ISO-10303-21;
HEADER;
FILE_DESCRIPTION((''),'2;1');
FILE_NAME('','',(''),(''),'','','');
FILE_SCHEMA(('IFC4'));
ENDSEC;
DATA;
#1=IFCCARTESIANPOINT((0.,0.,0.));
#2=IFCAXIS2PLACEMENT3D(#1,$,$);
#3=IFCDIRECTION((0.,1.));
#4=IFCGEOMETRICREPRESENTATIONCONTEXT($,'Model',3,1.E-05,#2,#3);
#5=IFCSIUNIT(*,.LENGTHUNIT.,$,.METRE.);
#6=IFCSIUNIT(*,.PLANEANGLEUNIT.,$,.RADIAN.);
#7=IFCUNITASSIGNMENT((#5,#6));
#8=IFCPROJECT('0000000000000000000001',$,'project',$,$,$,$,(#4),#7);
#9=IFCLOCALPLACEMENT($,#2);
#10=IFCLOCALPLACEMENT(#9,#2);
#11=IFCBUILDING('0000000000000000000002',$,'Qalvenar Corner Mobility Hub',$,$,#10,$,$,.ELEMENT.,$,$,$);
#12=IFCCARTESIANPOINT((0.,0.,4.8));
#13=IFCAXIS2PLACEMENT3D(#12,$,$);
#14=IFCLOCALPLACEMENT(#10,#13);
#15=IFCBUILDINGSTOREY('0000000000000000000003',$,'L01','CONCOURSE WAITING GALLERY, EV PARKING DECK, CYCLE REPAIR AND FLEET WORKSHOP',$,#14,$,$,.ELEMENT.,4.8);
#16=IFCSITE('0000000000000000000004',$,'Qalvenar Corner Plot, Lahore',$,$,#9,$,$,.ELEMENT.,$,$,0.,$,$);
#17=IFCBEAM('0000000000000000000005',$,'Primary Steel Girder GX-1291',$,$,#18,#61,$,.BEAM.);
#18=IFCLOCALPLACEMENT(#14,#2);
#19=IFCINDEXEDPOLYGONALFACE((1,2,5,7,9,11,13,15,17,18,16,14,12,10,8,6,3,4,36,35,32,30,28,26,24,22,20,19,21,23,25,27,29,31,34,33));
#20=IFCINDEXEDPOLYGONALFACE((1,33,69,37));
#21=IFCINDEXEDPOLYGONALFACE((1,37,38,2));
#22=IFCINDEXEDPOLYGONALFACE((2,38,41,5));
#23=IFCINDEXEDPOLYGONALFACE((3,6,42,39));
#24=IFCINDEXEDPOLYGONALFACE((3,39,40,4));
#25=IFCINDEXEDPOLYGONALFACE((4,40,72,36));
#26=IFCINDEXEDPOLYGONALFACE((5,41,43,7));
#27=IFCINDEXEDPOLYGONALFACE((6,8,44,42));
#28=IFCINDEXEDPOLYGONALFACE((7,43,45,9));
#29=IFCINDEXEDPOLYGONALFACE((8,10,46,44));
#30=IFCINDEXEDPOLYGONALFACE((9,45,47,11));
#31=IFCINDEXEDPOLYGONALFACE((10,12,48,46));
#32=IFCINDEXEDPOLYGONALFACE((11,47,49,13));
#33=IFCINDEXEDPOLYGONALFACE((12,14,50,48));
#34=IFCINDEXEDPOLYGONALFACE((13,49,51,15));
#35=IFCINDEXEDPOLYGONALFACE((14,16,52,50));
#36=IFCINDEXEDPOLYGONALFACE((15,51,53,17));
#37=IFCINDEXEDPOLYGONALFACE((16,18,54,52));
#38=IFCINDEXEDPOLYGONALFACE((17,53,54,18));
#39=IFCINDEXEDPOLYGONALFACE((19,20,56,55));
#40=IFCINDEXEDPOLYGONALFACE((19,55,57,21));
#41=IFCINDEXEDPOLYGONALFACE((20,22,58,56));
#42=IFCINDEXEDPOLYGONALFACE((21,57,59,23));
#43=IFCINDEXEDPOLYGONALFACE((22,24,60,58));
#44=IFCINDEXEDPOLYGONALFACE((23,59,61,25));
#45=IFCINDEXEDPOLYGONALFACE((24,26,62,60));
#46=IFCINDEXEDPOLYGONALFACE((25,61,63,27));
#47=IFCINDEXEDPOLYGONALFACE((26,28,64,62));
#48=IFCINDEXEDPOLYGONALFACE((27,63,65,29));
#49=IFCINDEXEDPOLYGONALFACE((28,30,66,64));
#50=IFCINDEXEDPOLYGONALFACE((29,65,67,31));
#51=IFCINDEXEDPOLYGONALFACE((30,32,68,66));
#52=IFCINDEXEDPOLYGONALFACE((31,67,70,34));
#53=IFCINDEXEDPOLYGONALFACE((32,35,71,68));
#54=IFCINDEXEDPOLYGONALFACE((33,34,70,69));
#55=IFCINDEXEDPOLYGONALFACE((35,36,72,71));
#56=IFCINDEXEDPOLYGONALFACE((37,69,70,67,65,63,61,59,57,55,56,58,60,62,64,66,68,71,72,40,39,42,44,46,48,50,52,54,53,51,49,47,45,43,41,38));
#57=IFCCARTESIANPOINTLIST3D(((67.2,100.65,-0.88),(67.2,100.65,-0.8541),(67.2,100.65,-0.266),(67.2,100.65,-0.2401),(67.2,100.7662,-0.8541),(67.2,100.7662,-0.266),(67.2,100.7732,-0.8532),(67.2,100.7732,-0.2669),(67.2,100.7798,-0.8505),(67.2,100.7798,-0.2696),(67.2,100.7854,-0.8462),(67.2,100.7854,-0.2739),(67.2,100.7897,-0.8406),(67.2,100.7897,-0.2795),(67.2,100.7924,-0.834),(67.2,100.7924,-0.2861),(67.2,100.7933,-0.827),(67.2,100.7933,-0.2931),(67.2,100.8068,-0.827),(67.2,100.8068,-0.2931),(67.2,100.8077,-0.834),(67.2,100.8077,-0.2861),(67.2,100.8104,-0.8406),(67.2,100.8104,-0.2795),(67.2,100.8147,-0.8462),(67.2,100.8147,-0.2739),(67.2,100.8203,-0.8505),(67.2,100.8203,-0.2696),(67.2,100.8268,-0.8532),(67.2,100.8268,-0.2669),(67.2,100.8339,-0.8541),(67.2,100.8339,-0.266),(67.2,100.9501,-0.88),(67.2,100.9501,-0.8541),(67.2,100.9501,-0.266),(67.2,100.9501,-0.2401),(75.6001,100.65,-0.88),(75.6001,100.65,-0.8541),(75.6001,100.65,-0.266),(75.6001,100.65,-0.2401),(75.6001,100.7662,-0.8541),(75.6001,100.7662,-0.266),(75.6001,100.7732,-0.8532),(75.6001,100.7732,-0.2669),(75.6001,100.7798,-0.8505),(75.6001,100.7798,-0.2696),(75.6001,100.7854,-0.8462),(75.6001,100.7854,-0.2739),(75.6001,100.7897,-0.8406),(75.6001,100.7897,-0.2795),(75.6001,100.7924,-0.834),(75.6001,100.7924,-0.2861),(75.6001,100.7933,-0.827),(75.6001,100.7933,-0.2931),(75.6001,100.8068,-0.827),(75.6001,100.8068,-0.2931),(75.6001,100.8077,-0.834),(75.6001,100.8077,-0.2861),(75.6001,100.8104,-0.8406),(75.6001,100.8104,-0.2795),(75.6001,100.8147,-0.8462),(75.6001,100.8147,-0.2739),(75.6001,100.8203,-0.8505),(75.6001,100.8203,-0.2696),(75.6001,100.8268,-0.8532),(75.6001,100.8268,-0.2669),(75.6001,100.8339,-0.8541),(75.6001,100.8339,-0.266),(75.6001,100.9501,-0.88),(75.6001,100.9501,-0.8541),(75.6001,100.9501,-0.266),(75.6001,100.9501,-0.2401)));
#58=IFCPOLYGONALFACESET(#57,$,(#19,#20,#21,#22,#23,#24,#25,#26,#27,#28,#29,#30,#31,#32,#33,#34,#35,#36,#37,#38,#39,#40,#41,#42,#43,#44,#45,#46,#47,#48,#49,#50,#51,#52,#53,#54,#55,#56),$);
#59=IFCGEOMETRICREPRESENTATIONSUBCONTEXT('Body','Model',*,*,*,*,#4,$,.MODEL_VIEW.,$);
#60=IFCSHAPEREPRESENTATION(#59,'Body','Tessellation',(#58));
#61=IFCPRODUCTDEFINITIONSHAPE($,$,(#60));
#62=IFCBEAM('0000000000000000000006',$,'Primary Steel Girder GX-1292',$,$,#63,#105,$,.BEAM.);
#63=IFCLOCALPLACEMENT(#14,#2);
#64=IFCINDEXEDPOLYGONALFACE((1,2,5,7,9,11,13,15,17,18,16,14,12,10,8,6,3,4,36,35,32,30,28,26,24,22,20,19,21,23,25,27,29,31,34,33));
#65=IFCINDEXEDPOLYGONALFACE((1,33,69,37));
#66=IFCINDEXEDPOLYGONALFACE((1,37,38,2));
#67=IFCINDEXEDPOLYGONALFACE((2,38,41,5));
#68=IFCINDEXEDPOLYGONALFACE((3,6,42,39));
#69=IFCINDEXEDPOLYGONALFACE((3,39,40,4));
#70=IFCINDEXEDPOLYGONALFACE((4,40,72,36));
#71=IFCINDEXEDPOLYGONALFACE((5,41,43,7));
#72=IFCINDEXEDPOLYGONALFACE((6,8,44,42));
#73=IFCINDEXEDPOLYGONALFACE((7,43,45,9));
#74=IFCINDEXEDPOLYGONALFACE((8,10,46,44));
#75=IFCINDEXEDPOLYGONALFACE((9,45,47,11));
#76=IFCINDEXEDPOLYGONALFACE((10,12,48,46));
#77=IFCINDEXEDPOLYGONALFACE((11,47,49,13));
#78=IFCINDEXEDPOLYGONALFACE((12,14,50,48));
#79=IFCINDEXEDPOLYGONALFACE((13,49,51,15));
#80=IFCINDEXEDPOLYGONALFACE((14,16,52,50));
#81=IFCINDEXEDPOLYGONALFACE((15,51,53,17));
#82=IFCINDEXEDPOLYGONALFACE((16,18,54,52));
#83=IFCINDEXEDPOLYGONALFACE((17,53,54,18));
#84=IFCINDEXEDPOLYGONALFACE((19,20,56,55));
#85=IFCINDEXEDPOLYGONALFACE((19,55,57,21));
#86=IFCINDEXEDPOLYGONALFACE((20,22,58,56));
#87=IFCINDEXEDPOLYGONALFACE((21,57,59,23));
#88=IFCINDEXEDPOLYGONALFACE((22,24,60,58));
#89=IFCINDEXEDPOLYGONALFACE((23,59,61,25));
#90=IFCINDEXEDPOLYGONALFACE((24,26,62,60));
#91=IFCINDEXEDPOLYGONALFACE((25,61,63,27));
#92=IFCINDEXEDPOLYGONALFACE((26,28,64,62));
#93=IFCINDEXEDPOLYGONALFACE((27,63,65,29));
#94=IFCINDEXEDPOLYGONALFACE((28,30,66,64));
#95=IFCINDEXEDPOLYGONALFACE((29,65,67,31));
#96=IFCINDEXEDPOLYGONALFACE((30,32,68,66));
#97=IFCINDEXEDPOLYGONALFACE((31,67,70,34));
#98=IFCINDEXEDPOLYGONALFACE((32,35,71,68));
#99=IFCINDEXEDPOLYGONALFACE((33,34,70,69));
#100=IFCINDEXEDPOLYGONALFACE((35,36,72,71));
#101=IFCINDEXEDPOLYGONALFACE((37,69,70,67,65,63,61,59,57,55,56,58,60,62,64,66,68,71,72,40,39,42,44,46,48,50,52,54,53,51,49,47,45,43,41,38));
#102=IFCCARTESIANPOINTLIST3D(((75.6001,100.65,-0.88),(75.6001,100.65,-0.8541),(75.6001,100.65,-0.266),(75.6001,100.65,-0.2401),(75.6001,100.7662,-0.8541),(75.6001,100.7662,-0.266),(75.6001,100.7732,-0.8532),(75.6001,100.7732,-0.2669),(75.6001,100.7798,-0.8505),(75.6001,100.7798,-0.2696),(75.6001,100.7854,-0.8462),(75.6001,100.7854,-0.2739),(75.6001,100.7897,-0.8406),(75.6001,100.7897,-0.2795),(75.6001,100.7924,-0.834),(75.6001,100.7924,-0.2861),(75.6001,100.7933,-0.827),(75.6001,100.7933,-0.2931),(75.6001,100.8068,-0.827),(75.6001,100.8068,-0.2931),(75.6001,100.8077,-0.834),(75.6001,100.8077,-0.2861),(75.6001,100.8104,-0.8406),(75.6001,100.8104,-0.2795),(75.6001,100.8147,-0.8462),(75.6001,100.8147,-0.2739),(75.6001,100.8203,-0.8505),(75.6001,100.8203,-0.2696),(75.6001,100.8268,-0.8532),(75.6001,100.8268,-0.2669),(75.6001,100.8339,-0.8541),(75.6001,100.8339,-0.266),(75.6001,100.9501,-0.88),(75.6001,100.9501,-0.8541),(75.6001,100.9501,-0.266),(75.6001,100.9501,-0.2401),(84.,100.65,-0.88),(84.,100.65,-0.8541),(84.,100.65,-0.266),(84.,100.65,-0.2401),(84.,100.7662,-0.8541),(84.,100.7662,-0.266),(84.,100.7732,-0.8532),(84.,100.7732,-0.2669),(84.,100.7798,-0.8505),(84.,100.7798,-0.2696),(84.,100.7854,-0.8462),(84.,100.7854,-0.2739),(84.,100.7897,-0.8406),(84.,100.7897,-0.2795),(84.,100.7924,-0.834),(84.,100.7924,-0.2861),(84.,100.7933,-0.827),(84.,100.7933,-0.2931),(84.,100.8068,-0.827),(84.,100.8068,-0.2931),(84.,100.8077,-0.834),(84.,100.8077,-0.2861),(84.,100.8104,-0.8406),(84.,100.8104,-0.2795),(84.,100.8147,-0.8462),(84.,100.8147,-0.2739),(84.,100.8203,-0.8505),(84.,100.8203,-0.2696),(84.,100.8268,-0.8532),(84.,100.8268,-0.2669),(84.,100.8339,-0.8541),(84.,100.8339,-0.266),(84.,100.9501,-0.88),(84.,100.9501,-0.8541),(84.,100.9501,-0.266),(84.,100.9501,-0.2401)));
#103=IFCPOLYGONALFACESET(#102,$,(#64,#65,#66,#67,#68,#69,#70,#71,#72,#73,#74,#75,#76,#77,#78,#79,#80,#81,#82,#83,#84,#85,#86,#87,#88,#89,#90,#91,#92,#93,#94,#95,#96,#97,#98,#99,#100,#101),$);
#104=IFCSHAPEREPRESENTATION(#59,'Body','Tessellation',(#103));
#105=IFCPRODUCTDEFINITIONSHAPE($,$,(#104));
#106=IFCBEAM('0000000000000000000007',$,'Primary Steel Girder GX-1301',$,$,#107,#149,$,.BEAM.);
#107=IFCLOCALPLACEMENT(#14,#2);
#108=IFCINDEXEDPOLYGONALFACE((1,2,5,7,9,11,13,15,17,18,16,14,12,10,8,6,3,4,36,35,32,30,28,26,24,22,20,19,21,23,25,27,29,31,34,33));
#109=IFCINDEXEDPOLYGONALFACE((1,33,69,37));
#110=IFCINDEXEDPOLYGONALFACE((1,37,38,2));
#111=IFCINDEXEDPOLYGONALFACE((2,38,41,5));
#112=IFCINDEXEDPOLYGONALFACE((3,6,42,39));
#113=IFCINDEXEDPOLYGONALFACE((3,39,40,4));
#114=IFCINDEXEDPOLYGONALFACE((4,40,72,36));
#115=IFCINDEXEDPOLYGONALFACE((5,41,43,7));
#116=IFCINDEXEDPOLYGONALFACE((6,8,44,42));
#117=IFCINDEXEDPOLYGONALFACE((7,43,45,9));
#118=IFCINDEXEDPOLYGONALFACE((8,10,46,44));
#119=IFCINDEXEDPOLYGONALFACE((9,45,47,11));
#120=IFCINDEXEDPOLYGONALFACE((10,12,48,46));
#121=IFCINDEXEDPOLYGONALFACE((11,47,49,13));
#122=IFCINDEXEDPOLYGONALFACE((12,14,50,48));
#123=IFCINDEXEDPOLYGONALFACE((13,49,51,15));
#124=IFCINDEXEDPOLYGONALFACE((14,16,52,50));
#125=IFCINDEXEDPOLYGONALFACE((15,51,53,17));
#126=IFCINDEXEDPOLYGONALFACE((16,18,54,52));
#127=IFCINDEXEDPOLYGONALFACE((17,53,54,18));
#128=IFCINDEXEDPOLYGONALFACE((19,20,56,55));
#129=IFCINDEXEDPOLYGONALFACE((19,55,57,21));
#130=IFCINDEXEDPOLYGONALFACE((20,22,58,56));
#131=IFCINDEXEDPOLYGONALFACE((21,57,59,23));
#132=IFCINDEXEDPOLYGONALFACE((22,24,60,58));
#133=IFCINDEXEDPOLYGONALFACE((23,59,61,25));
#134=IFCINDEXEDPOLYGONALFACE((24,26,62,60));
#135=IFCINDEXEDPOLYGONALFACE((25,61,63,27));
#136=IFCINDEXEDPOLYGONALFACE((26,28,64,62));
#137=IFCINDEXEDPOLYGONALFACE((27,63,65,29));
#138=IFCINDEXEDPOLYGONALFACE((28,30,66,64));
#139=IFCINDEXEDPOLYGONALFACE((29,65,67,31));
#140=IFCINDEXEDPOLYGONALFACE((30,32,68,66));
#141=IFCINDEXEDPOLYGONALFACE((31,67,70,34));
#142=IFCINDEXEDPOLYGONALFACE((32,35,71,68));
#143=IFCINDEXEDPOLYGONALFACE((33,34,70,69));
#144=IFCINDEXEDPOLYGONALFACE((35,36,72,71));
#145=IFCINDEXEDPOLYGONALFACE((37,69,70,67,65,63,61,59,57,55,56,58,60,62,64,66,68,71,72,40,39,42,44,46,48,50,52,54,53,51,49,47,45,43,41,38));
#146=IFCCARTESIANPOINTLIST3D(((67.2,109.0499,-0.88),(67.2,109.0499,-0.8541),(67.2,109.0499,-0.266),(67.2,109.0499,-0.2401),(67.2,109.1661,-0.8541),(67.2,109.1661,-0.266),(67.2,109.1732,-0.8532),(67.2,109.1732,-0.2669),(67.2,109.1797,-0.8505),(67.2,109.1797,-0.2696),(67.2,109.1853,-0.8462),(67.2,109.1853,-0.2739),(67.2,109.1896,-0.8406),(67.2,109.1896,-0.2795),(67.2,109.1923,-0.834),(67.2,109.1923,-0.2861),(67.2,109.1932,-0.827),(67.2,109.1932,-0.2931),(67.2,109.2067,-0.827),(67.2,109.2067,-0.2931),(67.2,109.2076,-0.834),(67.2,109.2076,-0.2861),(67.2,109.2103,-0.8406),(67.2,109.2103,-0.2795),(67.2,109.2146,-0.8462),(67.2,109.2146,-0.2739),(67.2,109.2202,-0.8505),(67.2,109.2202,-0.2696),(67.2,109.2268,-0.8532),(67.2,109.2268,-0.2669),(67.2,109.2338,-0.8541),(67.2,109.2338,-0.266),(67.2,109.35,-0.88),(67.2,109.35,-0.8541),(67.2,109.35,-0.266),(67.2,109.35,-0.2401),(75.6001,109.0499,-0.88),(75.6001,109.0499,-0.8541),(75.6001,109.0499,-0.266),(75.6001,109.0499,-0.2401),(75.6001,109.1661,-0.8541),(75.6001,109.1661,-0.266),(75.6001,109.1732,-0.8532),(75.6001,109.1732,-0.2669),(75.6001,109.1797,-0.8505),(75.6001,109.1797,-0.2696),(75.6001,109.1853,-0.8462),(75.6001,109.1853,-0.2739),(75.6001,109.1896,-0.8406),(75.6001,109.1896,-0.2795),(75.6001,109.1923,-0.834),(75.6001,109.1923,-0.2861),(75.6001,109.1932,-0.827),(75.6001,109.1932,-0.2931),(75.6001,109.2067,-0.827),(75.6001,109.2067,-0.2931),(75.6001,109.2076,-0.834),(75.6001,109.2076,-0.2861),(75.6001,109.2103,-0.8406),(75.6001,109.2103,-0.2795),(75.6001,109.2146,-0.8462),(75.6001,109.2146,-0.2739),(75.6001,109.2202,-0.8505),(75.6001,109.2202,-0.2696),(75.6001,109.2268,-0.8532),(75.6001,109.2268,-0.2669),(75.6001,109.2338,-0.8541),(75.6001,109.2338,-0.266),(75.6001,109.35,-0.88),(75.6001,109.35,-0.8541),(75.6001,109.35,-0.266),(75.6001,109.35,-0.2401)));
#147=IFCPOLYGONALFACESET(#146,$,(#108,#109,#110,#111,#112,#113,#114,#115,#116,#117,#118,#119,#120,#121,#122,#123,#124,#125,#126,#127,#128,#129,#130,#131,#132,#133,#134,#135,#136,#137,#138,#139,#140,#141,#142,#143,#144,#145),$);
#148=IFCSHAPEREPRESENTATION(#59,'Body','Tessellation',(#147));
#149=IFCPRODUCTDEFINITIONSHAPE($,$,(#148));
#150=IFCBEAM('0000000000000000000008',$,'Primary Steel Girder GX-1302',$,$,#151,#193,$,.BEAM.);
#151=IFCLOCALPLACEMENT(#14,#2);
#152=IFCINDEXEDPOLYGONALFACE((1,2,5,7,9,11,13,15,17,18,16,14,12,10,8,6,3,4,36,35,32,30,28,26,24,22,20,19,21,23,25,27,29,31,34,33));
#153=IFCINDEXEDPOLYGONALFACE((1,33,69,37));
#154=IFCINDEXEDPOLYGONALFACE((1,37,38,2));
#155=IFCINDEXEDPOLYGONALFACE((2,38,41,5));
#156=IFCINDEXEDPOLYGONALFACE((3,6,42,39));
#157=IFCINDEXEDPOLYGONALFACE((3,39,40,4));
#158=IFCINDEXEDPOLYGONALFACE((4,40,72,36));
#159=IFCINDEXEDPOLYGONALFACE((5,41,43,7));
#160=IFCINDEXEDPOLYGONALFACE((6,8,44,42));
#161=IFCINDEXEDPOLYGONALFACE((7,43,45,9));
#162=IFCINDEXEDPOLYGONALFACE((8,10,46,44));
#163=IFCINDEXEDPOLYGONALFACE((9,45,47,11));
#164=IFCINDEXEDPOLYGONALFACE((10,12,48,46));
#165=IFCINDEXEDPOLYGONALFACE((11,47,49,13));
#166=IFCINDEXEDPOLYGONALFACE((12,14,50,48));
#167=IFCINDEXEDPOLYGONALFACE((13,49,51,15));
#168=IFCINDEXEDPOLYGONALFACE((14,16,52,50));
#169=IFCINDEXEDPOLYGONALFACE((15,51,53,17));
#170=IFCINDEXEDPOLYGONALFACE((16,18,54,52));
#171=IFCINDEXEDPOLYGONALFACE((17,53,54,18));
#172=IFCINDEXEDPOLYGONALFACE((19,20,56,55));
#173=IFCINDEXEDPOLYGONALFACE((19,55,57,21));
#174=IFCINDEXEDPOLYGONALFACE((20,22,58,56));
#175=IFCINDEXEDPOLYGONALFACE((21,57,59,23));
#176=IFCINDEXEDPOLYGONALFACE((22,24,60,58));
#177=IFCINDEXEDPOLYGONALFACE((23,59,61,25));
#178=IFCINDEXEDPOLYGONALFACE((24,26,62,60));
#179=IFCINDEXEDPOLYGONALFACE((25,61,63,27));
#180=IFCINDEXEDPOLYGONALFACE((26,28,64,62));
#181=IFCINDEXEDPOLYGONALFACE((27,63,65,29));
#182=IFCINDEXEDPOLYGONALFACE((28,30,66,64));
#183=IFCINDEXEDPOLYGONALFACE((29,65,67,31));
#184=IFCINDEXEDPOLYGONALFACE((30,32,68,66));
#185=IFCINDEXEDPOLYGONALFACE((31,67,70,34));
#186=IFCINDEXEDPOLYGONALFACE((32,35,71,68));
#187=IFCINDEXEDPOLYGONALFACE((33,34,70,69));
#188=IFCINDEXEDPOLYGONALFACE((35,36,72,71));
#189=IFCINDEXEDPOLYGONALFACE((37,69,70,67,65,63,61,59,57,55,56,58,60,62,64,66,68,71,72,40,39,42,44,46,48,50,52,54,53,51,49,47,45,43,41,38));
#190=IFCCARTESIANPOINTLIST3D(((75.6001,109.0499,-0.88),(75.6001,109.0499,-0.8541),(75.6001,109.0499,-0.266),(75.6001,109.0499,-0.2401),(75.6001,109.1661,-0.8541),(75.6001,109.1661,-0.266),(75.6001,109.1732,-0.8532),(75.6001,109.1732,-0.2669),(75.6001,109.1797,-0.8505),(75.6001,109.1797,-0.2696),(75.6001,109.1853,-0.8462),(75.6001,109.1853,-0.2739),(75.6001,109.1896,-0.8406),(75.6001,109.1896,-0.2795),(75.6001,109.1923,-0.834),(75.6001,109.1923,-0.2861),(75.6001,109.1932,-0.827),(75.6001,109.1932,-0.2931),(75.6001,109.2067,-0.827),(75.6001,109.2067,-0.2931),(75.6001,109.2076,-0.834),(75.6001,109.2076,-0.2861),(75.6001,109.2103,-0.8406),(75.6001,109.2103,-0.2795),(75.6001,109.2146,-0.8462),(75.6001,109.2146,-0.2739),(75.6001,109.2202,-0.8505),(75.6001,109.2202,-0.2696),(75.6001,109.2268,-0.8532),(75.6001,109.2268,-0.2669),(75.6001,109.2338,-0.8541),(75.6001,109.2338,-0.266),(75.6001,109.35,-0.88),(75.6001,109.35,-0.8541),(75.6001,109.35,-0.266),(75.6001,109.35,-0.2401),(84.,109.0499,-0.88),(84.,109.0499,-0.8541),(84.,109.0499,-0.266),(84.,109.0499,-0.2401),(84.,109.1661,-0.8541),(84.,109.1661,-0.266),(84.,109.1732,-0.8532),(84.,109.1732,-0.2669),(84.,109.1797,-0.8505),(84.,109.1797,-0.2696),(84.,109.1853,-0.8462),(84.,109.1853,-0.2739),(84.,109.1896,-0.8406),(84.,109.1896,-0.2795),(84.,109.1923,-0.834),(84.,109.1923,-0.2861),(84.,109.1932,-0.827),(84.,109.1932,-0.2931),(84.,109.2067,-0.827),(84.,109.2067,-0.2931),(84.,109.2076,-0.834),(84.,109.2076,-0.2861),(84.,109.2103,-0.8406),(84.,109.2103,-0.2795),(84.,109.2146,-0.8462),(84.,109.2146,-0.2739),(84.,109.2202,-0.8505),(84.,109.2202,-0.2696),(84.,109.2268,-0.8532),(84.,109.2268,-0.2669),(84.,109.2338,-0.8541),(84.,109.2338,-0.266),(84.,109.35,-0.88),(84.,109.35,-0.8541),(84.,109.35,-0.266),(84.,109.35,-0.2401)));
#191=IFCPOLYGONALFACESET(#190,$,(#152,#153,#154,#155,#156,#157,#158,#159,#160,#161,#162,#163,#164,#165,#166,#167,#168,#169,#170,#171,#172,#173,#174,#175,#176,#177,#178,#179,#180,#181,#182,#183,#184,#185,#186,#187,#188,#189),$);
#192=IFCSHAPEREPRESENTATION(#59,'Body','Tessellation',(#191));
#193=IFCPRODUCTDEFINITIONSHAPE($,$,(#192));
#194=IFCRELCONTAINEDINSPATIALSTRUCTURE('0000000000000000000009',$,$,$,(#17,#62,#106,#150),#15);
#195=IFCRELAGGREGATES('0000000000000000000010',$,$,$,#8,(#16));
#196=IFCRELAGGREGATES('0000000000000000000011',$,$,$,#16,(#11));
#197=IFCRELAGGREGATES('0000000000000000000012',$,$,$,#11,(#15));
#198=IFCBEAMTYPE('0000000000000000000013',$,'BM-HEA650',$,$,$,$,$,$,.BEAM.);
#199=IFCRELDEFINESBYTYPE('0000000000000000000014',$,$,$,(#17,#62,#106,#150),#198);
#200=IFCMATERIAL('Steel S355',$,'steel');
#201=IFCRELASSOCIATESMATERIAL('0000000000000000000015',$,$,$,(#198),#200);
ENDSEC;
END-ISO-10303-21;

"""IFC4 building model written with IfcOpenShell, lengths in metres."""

from ifc_helpers import new_model, si_unit, direction, frame, origin, origin_2d, place, context, subcontext, project, spatial, i_section, extrude, material, material_profile, profile_set, type_object, element, save


model = new_model("IFC4")

# Units and contexts
model_context = context("Model", 3, precision=1e-05, world=origin(), true_north=direction((0.0, 1.0)))
body_context = subcontext(model_context, "Body", "Model", "MODEL_VIEW")
ifc_project = project(units=[si_unit("LENGTHUNIT", "METRE"), si_unit("PLANEANGLEUNIT", "RADIAN")], contexts=[model_context])

# Site, building, storey
site_placement = place(None, origin())
site = spatial("IfcSite", under=ifc_project, at=site_placement, Name="Qalvenar Corner Plot, Lahore", CompositionType="ELEMENT", RefElevation=0.0)
building_placement = place(site_placement, origin())
building = spatial("IfcBuilding", under=site, at=building_placement, Name="Qalvenar Corner Mobility Hub", CompositionType="ELEMENT")
storey_placement = place(building_placement, frame((0.0, 0.0, 4.8)))
storey = spatial("IfcBuildingStorey", under=building, at=storey_placement, Name="L01", Description="CONCOURSE WAITING GALLERY, EV PARKING DECK, CYCLE REPAIR AND FLEET WORKSHOP", CompositionType="ELEMENT", Elevation=4.8)

# Shared definitions
ifc_material_1 = material(Name="Steel S355", Category="steel")

# Beams
ifc_material_profile_1 = material_profile(ifc_material_1, i_section(OverallWidth=0.3, OverallDepth=0.6399, WebThickness=0.0134, FlangeThickness=0.0259, FilletRadius=0.0271, at=origin_2d()), Name="HEA650")
ifc_profile_set_1 = profile_set([ifc_material_profile_1], Name="Steel S355")
beam_type_1 = type_object("IfcBeamType", Name="BM-HEA650", PredefinedType="BEAM", material=ifc_profile_set_1)
beam_1_placement = place(storey_placement, frame((67.2, 100.8, -0.5601), z_axis=(1.0, 0.0, 0.0), x_axis=(0.0, 1.0, 0.0)))
element("IfcBeam", 1, at=beam_1_placement, inside=storey, type_object=beam_type_1, Name="Primary Steel Girder GX-1291", PredefinedType="BEAM", context=body_context, shape_type="SweptSolid", body=[
    extrude(i_section(OverallWidth=0.3, OverallDepth=0.6399, WebThickness=0.0134, FlangeThickness=0.0259, FilletRadius=0.0271, at=origin_2d()), origin(), (0.0, 0.0, 1.0), 8.4001),
])
beam_2_placement = place(storey_placement, frame((75.6001, 100.8, -0.5601), z_axis=(1.0, 0.0, 0.0), x_axis=(0.0, 1.0, 0.0)))
element("IfcBeam", 2, at=beam_2_placement, inside=storey, type_object=beam_type_1, Name="Primary Steel Girder GX-1292", PredefinedType="BEAM", context=body_context, shape_type="SweptSolid", body=[
    extrude(i_section(OverallWidth=0.3, OverallDepth=0.6399, WebThickness=0.0134, FlangeThickness=0.0259, FilletRadius=0.0271, at=origin_2d()), origin(), (0.0, 0.0, 1.0), 8.3999),
])
beam_3_placement = place(storey_placement, frame((67.2, 109.2, -0.5601), z_axis=(1.0, 0.0, 0.0), x_axis=(0.0, 1.0, 0.0)))
element("IfcBeam", 3, at=beam_3_placement, inside=storey, type_object=beam_type_1, Name="Primary Steel Girder GX-1301", PredefinedType="BEAM", context=body_context, shape_type="SweptSolid", body=[
    extrude(i_section(OverallWidth=0.3, OverallDepth=0.6399, WebThickness=0.0134, FlangeThickness=0.0259, FilletRadius=0.0271, at=origin_2d()), origin(), (0.0, 0.0, 1.0), 8.4001),
])
beam_4_placement = place(storey_placement, frame((75.6001, 109.2, -0.5601), z_axis=(1.0, 0.0, 0.0), x_axis=(0.0, 1.0, 0.0)))
element("IfcBeam", 4, at=beam_4_placement, inside=storey, type_object=beam_type_1, Name="Primary Steel Girder GX-1302", PredefinedType="BEAM", context=body_context, shape_type="SweptSolid", body=[
    extrude(i_section(OverallWidth=0.3, OverallDepth=0.6399, WebThickness=0.0134, FlangeThickness=0.0259, FilletRadius=0.0271, at=origin_2d()), origin(), (0.0, 0.0, 1.0), 8.3999),
])

save(model, "model.ifc")
